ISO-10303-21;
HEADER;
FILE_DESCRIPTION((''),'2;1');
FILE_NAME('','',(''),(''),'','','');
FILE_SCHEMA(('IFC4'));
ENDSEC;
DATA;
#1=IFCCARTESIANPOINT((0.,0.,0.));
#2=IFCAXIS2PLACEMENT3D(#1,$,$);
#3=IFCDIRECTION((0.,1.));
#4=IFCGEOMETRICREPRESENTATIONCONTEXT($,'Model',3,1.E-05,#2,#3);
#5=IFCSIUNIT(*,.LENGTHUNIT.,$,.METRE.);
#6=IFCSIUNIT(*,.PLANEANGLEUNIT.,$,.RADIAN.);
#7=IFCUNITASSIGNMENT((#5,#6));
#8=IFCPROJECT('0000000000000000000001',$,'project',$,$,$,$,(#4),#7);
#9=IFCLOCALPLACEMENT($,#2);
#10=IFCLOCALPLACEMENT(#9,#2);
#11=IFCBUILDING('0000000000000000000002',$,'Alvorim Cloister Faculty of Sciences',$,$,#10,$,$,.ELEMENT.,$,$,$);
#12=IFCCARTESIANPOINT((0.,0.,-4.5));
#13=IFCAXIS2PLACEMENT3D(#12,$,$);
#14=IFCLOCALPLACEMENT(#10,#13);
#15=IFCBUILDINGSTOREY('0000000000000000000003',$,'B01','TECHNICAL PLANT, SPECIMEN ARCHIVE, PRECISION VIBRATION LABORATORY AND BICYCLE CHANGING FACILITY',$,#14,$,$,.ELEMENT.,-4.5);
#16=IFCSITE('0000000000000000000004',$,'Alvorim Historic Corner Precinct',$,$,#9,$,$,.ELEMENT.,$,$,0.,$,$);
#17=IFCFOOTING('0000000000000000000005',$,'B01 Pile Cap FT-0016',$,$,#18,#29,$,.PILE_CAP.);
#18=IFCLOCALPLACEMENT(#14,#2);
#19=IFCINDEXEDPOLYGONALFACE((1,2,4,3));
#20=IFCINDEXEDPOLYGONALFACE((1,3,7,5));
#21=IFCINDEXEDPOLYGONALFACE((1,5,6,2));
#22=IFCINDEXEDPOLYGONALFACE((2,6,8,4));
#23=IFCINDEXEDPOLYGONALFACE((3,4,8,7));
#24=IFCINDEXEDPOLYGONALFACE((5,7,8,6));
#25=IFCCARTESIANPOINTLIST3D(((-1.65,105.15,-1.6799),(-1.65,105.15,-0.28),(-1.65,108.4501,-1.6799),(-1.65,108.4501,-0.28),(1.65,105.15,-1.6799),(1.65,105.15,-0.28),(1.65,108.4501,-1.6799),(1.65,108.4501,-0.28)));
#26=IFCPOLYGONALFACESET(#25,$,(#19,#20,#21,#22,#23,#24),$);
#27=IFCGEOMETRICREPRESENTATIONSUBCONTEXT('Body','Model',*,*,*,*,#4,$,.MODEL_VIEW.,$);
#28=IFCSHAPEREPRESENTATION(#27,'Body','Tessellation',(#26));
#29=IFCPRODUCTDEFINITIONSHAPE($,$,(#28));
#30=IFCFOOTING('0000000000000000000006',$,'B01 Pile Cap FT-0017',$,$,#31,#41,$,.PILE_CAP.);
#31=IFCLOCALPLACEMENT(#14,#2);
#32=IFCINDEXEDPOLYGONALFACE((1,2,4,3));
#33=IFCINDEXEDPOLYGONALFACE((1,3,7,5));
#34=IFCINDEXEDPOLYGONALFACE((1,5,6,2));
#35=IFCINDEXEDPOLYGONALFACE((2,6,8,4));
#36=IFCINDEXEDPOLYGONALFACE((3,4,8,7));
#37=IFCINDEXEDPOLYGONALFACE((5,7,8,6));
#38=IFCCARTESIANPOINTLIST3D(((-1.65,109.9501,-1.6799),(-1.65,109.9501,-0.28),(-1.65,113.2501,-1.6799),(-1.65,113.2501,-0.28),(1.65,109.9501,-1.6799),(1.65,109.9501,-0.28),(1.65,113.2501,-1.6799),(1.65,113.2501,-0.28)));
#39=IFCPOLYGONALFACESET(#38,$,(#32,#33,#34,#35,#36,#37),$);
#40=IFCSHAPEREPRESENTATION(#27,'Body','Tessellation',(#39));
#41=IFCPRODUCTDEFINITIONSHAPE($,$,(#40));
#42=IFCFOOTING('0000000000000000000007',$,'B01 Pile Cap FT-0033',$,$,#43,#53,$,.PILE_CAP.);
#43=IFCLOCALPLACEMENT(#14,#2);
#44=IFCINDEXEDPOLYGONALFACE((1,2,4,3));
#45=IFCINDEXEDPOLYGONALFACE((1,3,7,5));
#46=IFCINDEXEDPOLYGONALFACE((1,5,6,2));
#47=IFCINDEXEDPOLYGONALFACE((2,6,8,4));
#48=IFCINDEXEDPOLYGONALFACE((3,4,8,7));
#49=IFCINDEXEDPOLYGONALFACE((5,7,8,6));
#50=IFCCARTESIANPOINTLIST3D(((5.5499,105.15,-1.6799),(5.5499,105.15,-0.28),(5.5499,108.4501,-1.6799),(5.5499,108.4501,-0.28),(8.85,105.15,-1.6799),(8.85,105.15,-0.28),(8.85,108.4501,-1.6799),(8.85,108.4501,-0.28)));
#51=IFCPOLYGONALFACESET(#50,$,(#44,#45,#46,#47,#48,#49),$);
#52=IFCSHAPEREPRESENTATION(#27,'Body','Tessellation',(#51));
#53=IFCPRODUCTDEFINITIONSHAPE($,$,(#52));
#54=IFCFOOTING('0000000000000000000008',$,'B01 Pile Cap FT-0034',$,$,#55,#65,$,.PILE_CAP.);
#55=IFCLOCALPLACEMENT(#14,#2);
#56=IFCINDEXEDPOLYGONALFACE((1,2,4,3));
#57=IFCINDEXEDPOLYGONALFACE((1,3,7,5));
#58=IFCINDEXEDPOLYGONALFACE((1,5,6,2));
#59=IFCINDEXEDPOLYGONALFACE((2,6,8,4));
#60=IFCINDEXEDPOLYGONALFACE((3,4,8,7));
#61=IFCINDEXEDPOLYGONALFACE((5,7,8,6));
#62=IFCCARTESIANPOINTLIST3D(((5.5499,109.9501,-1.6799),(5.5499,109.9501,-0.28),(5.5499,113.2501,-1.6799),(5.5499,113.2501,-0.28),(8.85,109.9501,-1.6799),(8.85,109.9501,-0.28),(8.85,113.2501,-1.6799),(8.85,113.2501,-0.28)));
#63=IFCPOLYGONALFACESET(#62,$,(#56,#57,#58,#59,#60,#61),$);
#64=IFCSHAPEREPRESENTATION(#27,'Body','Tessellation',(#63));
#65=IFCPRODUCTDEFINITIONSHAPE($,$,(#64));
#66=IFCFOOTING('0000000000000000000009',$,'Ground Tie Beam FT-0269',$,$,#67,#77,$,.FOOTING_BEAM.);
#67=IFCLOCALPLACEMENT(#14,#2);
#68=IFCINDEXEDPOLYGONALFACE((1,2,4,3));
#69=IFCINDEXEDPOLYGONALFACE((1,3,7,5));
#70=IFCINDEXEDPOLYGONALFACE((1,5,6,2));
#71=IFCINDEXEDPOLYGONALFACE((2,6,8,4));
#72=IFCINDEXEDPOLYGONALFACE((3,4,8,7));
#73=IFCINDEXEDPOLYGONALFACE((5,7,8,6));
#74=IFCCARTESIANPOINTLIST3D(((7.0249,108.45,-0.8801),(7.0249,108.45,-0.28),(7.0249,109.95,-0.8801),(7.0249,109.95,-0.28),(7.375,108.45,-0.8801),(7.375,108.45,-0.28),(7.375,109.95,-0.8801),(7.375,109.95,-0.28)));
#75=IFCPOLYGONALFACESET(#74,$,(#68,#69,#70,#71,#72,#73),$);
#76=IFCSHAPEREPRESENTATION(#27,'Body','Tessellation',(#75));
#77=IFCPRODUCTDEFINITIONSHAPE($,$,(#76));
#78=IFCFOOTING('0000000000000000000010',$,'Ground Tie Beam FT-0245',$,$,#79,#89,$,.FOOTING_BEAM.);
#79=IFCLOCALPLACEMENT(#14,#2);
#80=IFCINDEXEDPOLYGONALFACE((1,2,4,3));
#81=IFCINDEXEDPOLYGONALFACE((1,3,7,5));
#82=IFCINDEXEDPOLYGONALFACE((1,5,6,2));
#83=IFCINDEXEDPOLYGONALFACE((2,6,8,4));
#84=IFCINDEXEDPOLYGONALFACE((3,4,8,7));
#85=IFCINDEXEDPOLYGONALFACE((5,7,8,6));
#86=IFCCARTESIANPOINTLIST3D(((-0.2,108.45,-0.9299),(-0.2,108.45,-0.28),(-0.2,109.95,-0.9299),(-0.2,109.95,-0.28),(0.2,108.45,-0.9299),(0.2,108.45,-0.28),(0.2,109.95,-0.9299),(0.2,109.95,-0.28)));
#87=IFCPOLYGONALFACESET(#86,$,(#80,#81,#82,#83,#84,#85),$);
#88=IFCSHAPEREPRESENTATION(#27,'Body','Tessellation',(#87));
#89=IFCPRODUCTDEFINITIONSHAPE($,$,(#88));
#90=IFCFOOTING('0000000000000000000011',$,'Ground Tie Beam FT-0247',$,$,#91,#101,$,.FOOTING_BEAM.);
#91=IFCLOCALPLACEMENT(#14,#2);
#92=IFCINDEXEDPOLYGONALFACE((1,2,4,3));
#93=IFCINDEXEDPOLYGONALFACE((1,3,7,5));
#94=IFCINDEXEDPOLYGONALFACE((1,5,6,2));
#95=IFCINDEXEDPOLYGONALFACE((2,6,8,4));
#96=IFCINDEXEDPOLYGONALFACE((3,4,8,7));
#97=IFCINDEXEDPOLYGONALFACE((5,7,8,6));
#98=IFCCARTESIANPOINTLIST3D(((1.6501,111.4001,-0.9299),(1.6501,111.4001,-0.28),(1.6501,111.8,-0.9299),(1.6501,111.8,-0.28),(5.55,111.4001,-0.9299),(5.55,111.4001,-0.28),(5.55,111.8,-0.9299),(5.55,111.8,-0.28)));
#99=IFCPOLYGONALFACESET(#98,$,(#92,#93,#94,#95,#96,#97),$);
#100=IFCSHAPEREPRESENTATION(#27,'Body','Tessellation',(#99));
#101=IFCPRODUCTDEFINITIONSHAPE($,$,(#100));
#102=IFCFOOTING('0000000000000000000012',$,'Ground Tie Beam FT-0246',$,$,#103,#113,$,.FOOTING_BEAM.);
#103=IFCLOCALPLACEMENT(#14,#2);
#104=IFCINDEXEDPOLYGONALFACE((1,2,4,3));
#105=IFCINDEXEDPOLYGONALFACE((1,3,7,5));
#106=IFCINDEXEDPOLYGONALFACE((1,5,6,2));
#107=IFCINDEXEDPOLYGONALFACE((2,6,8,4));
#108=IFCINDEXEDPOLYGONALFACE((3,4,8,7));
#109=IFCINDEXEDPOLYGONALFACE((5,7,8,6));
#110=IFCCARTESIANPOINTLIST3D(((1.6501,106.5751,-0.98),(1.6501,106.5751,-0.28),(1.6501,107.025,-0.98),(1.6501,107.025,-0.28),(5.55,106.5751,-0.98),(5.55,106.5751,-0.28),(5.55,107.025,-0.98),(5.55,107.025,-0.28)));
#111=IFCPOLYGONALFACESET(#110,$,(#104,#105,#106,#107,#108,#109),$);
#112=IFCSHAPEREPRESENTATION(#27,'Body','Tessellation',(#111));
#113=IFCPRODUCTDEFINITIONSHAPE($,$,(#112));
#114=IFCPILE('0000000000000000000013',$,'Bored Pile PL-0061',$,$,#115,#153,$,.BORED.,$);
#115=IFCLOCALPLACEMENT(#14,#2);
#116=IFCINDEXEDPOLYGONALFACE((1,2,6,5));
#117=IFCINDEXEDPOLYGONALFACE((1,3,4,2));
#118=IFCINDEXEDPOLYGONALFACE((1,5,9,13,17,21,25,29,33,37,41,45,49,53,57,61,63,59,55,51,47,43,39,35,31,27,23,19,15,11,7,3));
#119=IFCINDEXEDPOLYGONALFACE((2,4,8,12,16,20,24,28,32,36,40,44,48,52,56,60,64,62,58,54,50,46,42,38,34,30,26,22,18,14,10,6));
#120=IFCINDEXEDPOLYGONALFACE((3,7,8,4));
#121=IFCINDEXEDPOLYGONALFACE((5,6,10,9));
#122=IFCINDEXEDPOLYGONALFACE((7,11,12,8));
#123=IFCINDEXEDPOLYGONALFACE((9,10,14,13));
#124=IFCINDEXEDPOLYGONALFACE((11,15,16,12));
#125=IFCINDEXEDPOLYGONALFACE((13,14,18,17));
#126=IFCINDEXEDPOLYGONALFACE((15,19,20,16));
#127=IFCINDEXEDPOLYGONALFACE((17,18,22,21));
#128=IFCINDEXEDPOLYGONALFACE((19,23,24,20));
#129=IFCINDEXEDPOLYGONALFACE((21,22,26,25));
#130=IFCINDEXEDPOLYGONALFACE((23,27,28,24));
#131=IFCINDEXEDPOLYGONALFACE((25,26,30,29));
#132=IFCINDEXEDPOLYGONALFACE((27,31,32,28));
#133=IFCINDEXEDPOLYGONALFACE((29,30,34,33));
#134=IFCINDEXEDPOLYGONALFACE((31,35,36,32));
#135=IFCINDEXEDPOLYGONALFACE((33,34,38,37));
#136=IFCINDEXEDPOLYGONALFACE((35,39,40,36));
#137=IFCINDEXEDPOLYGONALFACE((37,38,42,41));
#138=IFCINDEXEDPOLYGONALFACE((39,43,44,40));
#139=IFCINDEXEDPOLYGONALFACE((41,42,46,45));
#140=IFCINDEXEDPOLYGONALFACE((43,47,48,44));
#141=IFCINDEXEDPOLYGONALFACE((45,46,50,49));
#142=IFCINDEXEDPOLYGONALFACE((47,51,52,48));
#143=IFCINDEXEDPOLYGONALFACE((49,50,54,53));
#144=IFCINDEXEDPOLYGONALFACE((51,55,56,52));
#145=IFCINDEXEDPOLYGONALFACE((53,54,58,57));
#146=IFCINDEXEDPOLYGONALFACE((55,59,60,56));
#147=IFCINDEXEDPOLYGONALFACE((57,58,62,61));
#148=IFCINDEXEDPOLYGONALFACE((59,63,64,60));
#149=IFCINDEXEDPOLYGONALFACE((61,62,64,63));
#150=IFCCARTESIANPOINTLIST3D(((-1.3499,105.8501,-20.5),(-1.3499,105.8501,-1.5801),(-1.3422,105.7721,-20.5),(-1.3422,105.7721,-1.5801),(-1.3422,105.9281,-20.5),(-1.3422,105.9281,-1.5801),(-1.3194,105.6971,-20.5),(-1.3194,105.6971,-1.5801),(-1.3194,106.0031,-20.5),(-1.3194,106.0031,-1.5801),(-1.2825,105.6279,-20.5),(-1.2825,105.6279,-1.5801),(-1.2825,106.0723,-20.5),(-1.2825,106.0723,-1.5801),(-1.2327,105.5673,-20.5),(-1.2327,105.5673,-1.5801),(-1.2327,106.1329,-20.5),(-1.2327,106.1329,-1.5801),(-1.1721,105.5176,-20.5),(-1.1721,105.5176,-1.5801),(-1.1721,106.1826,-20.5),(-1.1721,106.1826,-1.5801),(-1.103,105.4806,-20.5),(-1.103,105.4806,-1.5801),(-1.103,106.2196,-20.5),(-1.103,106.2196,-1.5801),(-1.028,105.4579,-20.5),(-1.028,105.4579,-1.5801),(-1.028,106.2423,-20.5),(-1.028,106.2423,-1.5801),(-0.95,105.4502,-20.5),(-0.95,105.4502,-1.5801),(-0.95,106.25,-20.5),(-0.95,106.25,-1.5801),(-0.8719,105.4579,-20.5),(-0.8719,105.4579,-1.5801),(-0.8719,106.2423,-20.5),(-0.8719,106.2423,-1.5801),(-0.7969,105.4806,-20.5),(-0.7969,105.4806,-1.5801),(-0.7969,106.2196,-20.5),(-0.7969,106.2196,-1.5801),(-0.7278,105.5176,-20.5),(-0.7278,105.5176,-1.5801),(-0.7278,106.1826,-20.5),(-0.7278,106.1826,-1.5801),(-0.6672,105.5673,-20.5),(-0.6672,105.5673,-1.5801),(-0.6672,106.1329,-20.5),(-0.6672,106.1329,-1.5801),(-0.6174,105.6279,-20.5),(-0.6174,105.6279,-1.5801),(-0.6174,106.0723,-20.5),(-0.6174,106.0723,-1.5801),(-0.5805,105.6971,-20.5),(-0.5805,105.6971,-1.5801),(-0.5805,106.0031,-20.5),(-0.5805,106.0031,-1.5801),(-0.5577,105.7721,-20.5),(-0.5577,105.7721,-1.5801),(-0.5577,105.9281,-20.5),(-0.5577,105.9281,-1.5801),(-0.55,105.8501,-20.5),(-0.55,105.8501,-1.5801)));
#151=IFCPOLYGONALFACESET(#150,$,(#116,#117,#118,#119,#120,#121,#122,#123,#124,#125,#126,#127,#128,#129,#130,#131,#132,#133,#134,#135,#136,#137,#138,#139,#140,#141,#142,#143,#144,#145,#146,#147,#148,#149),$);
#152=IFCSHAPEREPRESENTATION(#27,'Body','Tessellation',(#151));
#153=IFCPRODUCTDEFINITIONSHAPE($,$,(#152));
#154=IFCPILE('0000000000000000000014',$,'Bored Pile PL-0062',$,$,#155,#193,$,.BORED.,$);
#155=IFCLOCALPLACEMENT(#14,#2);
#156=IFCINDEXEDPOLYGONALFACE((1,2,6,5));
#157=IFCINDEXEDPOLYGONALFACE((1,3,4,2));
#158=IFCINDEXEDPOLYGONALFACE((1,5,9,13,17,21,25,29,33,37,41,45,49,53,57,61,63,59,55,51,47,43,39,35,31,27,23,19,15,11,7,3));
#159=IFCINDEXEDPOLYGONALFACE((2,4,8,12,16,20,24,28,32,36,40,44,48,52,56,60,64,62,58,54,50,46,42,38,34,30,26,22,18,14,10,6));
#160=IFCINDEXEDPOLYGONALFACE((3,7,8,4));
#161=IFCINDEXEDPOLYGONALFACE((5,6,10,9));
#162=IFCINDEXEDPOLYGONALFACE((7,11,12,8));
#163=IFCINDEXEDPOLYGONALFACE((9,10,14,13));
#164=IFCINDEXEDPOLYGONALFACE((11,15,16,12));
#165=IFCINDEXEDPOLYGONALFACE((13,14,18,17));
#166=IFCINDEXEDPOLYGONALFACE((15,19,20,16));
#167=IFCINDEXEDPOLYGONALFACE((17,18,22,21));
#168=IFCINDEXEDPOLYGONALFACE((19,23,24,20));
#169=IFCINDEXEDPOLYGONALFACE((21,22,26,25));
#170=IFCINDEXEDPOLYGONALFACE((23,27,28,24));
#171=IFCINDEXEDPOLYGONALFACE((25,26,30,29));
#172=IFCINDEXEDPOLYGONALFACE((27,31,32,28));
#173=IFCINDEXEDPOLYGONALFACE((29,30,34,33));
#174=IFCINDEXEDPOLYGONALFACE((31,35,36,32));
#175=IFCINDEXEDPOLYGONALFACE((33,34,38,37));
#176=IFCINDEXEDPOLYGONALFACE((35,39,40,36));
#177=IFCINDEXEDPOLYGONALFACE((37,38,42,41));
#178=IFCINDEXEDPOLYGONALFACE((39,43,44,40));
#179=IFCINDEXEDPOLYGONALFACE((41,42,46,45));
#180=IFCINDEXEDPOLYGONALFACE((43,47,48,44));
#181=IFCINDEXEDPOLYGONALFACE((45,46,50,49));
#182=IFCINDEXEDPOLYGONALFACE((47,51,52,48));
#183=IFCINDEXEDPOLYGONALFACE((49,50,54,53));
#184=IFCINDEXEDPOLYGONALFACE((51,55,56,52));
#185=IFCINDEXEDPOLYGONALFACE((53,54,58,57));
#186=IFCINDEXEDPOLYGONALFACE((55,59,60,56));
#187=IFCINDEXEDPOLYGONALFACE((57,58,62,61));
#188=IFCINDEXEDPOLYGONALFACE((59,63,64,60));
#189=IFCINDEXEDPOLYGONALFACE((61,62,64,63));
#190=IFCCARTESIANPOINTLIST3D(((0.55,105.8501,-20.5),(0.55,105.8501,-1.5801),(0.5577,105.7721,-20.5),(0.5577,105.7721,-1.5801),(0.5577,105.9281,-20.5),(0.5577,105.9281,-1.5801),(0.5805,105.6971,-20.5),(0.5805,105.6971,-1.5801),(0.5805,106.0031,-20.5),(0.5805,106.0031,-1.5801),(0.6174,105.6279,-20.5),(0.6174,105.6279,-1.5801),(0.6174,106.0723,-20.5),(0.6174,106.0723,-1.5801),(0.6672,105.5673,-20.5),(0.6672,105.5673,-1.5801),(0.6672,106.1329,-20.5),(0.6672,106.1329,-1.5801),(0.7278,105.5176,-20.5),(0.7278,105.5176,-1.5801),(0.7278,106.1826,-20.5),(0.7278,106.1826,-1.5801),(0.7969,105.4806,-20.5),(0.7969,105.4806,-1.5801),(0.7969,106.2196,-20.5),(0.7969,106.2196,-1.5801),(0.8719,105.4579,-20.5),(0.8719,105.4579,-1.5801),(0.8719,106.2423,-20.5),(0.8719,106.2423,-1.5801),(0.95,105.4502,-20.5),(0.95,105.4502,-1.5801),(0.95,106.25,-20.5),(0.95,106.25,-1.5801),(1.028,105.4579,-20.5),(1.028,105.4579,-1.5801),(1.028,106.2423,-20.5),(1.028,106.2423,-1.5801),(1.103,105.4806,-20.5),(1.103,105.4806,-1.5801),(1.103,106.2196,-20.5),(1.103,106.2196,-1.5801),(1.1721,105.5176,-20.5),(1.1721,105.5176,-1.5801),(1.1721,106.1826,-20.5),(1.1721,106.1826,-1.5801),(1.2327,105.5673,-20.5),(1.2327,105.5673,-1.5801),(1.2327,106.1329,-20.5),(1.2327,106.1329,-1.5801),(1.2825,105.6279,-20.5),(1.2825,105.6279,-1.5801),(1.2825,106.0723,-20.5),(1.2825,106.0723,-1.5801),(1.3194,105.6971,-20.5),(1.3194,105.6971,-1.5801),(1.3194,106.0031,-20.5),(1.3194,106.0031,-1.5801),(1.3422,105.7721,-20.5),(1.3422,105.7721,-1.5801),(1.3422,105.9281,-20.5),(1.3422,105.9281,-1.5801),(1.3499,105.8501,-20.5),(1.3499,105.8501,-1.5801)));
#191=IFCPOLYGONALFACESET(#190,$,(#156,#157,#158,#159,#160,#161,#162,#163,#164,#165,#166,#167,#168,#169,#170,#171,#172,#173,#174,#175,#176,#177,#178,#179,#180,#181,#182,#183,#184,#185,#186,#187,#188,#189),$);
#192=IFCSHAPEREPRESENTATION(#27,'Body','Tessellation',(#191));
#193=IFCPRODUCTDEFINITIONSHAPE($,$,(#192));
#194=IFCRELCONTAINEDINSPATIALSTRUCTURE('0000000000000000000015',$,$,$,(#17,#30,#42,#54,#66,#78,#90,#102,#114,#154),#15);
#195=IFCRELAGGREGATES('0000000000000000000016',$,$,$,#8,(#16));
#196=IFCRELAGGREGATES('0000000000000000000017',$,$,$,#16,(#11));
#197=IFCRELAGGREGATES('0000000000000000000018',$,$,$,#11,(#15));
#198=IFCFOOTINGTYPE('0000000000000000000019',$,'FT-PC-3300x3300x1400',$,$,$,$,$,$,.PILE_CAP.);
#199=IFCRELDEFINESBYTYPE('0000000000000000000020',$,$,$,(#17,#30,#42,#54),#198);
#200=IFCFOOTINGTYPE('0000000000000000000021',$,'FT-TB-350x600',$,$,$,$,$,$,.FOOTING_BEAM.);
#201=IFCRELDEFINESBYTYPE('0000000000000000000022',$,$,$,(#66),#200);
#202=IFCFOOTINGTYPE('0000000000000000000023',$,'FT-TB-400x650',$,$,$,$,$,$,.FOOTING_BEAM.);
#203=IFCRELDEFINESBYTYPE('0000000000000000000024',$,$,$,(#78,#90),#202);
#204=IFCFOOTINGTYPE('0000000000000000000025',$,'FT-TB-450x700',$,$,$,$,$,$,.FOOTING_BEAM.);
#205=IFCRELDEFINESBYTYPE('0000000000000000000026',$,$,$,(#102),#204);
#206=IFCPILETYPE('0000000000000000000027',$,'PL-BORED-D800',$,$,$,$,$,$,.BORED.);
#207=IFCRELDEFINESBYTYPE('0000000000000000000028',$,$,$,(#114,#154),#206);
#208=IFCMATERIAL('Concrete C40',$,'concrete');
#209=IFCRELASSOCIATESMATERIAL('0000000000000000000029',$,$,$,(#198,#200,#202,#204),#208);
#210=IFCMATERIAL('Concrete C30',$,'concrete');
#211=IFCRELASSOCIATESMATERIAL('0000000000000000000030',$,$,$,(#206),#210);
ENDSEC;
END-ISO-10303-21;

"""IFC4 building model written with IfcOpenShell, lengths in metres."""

from ifc_helpers import new_model, si_unit, direction, frame, origin, origin_2d, place, context, subcontext, project, spatial, rectangle, circle, extrude, material, material_profile, profile_set, type_object, element, save


model = new_model("IFC4")

# Units and contexts
model_context = context("Model", 3, precision=1e-05, world=origin(), true_north=direction((0.0, 1.0)))
body_context = subcontext(model_context, "Body", "Model", "MODEL_VIEW")
ifc_project = project(units=[si_unit("LENGTHUNIT", "METRE"), si_unit("PLANEANGLEUNIT", "RADIAN")], contexts=[model_context])

# Site, building, storey
site_placement = place(None, origin())
site = spatial("IfcSite", under=ifc_project, at=site_placement, Name="Alvorim Historic Corner Precinct", CompositionType="ELEMENT", RefElevation=0.0)
building_placement = place(site_placement, origin())
building = spatial("IfcBuilding", under=site, at=building_placement, Name="Alvorim Cloister Faculty of Sciences", CompositionType="ELEMENT")
storey_placement = place(building_placement, frame((0.0, 0.0, -4.5)))
storey = spatial("IfcBuildingStorey", under=building, at=storey_placement, Name="B01", Description="TECHNICAL PLANT, SPECIMEN ARCHIVE, PRECISION VIBRATION LABORATORY AND BICYCLE CHANGING FACILITY", CompositionType="ELEMENT", Elevation=-4.5)

# Footings
ifc_material_1 = material(Name="Concrete C40", Category="concrete")
footing_type_1 = type_object("IfcFootingType", Name="FT-PC-3300x3300x1400", PredefinedType="PILE_CAP", material=ifc_material_1)
for number, where, z_axis, x_axis, name in (
    (1, (0.0, 106.8, -1.6799), (0.0, 0.0, 1.0), (1.0, 0.0, 0.0), "B01 Pile Cap FT-0016"),
    (2, (0.0, 111.6001, -1.6799), (0.0, 0.0, 1.0), (1.0, 0.0, 0.0), "B01 Pile Cap FT-0017"),
    (3, (7.2, 106.8, -1.6799), (0.0, 0.0, 1.0), (1.0, 0.0, 0.0), "B01 Pile Cap FT-0033"),
    (4, (7.2, 111.6001, -1.6799), (0.0, 0.0, 1.0), (1.0, 0.0, 0.0), "B01 Pile Cap FT-0034"),
):
    element("IfcFooting", number, at=place(storey_placement, frame(where, z_axis=z_axis, x_axis=x_axis)), inside=storey, type_object=footing_type_1, Name=name, PredefinedType="PILE_CAP", context=body_context, shape_type="SweptSolid", body=[
        extrude(rectangle(XDim=3.3, YDim=3.3, at=origin_2d()), origin(), (0.0, 0.0, 1.0), 1.3999),
    ])
footing_type_2 = type_object("IfcFootingType", Name="FT-TB-350x600", PredefinedType="FOOTING_BEAM", material=ifc_material_1)
footing_1_placement = place(storey_placement, frame((7.2, 109.2, -0.8801), z_axis=(0.0, 0.0, 1.0), x_axis=(1.0, 0.0, 0.0)))
element("IfcFooting", 5, at=footing_1_placement, inside=storey, type_object=footing_type_2, Name="Ground Tie Beam FT-0269", PredefinedType="FOOTING_BEAM", context=body_context, shape_type="SweptSolid", body=[
    extrude(rectangle(XDim=0.3501, YDim=1.5, at=origin_2d()), origin(), (0.0, 0.0, 1.0), 0.6001),
])
footing_type_3 = type_object("IfcFootingType", Name="FT-TB-400x650", PredefinedType="FOOTING_BEAM", material=ifc_material_1)
footing_2_placement = place(storey_placement, frame((0.0, 109.2, -0.9299), z_axis=(0.0, 0.0, 1.0), x_axis=(1.0, 0.0, 0.0)))
element("IfcFooting", 6, at=footing_2_placement, inside=storey, type_object=footing_type_3, Name="Ground Tie Beam FT-0245", PredefinedType="FOOTING_BEAM", context=body_context, shape_type="SweptSolid", body=[
    extrude(rectangle(XDim=0.3999, YDim=1.5, at=origin_2d()), origin(), (0.0, 0.0, 1.0), 0.6499),
])
footing_3_placement = place(storey_placement, frame((3.6001, 111.6001, -0.9299), z_axis=(0.0, 0.0, 1.0), x_axis=(1.0, 0.0, 0.0)))
element("IfcFooting", 7, at=footing_3_placement, inside=storey, type_object=footing_type_3, Name="Ground Tie Beam FT-0247", PredefinedType="FOOTING_BEAM", context=body_context, shape_type="SweptSolid", body=[
    extrude(rectangle(XDim=3.8999, YDim=0.3999, at=origin_2d()), origin(), (0.0, 0.0, 1.0), 0.6499),
])
footing_type_4 = type_object("IfcFootingType", Name="FT-TB-450x700", PredefinedType="FOOTING_BEAM", material=ifc_material_1)
footing_4_placement = place(storey_placement, frame((3.6001, 106.8, -0.98), z_axis=(0.0, 0.0, 1.0), x_axis=(1.0, 0.0, 0.0)))
element("IfcFooting", 8, at=footing_4_placement, inside=storey, type_object=footing_type_4, Name="Ground Tie Beam FT-0246", PredefinedType="FOOTING_BEAM", context=body_context, shape_type="SweptSolid", body=[
    extrude(rectangle(XDim=3.8999, YDim=0.45, at=origin_2d()), origin(), (0.0, 0.0, 1.0), 0.7),
])

# Piles
ifc_material_2 = material(Name="Concrete C30", Category="concrete")
ifc_material_profile_1 = material_profile(ifc_material_2, circle(Radius=0.3999, at=origin_2d()), Name="PILE-D800")
ifc_profile_set_1 = profile_set([ifc_material_profile_1], Name="Concrete C30")
pile_type = type_object("IfcPileType", Name="PL-BORED-D800", PredefinedType="BORED", material=ifc_profile_set_1)
for number, where, z_axis, x_axis, name in (
    (9, (-0.95, 105.8501, -1.5801), (0.0, 0.0, -1.0), (1.0, 0.0, 0.0), "Bored Pile PL-0061"),
    (10, (0.95, 105.8501, -1.5801), (0.0, 0.0, -1.0), (1.0, 0.0, 0.0), "Bored Pile PL-0062"),
):
    element("IfcPile", number, at=place(storey_placement, frame(where, z_axis=z_axis, x_axis=x_axis)), inside=storey, type_object=pile_type, Name=name, PredefinedType="BORED", context=body_context, shape_type="SweptSolid", body=[
        extrude(circle(Radius=0.3999, at=origin_2d()), origin(), (0.0, 0.0, 1.0), 18.9199),
    ])

save(model, "model.ifc")
